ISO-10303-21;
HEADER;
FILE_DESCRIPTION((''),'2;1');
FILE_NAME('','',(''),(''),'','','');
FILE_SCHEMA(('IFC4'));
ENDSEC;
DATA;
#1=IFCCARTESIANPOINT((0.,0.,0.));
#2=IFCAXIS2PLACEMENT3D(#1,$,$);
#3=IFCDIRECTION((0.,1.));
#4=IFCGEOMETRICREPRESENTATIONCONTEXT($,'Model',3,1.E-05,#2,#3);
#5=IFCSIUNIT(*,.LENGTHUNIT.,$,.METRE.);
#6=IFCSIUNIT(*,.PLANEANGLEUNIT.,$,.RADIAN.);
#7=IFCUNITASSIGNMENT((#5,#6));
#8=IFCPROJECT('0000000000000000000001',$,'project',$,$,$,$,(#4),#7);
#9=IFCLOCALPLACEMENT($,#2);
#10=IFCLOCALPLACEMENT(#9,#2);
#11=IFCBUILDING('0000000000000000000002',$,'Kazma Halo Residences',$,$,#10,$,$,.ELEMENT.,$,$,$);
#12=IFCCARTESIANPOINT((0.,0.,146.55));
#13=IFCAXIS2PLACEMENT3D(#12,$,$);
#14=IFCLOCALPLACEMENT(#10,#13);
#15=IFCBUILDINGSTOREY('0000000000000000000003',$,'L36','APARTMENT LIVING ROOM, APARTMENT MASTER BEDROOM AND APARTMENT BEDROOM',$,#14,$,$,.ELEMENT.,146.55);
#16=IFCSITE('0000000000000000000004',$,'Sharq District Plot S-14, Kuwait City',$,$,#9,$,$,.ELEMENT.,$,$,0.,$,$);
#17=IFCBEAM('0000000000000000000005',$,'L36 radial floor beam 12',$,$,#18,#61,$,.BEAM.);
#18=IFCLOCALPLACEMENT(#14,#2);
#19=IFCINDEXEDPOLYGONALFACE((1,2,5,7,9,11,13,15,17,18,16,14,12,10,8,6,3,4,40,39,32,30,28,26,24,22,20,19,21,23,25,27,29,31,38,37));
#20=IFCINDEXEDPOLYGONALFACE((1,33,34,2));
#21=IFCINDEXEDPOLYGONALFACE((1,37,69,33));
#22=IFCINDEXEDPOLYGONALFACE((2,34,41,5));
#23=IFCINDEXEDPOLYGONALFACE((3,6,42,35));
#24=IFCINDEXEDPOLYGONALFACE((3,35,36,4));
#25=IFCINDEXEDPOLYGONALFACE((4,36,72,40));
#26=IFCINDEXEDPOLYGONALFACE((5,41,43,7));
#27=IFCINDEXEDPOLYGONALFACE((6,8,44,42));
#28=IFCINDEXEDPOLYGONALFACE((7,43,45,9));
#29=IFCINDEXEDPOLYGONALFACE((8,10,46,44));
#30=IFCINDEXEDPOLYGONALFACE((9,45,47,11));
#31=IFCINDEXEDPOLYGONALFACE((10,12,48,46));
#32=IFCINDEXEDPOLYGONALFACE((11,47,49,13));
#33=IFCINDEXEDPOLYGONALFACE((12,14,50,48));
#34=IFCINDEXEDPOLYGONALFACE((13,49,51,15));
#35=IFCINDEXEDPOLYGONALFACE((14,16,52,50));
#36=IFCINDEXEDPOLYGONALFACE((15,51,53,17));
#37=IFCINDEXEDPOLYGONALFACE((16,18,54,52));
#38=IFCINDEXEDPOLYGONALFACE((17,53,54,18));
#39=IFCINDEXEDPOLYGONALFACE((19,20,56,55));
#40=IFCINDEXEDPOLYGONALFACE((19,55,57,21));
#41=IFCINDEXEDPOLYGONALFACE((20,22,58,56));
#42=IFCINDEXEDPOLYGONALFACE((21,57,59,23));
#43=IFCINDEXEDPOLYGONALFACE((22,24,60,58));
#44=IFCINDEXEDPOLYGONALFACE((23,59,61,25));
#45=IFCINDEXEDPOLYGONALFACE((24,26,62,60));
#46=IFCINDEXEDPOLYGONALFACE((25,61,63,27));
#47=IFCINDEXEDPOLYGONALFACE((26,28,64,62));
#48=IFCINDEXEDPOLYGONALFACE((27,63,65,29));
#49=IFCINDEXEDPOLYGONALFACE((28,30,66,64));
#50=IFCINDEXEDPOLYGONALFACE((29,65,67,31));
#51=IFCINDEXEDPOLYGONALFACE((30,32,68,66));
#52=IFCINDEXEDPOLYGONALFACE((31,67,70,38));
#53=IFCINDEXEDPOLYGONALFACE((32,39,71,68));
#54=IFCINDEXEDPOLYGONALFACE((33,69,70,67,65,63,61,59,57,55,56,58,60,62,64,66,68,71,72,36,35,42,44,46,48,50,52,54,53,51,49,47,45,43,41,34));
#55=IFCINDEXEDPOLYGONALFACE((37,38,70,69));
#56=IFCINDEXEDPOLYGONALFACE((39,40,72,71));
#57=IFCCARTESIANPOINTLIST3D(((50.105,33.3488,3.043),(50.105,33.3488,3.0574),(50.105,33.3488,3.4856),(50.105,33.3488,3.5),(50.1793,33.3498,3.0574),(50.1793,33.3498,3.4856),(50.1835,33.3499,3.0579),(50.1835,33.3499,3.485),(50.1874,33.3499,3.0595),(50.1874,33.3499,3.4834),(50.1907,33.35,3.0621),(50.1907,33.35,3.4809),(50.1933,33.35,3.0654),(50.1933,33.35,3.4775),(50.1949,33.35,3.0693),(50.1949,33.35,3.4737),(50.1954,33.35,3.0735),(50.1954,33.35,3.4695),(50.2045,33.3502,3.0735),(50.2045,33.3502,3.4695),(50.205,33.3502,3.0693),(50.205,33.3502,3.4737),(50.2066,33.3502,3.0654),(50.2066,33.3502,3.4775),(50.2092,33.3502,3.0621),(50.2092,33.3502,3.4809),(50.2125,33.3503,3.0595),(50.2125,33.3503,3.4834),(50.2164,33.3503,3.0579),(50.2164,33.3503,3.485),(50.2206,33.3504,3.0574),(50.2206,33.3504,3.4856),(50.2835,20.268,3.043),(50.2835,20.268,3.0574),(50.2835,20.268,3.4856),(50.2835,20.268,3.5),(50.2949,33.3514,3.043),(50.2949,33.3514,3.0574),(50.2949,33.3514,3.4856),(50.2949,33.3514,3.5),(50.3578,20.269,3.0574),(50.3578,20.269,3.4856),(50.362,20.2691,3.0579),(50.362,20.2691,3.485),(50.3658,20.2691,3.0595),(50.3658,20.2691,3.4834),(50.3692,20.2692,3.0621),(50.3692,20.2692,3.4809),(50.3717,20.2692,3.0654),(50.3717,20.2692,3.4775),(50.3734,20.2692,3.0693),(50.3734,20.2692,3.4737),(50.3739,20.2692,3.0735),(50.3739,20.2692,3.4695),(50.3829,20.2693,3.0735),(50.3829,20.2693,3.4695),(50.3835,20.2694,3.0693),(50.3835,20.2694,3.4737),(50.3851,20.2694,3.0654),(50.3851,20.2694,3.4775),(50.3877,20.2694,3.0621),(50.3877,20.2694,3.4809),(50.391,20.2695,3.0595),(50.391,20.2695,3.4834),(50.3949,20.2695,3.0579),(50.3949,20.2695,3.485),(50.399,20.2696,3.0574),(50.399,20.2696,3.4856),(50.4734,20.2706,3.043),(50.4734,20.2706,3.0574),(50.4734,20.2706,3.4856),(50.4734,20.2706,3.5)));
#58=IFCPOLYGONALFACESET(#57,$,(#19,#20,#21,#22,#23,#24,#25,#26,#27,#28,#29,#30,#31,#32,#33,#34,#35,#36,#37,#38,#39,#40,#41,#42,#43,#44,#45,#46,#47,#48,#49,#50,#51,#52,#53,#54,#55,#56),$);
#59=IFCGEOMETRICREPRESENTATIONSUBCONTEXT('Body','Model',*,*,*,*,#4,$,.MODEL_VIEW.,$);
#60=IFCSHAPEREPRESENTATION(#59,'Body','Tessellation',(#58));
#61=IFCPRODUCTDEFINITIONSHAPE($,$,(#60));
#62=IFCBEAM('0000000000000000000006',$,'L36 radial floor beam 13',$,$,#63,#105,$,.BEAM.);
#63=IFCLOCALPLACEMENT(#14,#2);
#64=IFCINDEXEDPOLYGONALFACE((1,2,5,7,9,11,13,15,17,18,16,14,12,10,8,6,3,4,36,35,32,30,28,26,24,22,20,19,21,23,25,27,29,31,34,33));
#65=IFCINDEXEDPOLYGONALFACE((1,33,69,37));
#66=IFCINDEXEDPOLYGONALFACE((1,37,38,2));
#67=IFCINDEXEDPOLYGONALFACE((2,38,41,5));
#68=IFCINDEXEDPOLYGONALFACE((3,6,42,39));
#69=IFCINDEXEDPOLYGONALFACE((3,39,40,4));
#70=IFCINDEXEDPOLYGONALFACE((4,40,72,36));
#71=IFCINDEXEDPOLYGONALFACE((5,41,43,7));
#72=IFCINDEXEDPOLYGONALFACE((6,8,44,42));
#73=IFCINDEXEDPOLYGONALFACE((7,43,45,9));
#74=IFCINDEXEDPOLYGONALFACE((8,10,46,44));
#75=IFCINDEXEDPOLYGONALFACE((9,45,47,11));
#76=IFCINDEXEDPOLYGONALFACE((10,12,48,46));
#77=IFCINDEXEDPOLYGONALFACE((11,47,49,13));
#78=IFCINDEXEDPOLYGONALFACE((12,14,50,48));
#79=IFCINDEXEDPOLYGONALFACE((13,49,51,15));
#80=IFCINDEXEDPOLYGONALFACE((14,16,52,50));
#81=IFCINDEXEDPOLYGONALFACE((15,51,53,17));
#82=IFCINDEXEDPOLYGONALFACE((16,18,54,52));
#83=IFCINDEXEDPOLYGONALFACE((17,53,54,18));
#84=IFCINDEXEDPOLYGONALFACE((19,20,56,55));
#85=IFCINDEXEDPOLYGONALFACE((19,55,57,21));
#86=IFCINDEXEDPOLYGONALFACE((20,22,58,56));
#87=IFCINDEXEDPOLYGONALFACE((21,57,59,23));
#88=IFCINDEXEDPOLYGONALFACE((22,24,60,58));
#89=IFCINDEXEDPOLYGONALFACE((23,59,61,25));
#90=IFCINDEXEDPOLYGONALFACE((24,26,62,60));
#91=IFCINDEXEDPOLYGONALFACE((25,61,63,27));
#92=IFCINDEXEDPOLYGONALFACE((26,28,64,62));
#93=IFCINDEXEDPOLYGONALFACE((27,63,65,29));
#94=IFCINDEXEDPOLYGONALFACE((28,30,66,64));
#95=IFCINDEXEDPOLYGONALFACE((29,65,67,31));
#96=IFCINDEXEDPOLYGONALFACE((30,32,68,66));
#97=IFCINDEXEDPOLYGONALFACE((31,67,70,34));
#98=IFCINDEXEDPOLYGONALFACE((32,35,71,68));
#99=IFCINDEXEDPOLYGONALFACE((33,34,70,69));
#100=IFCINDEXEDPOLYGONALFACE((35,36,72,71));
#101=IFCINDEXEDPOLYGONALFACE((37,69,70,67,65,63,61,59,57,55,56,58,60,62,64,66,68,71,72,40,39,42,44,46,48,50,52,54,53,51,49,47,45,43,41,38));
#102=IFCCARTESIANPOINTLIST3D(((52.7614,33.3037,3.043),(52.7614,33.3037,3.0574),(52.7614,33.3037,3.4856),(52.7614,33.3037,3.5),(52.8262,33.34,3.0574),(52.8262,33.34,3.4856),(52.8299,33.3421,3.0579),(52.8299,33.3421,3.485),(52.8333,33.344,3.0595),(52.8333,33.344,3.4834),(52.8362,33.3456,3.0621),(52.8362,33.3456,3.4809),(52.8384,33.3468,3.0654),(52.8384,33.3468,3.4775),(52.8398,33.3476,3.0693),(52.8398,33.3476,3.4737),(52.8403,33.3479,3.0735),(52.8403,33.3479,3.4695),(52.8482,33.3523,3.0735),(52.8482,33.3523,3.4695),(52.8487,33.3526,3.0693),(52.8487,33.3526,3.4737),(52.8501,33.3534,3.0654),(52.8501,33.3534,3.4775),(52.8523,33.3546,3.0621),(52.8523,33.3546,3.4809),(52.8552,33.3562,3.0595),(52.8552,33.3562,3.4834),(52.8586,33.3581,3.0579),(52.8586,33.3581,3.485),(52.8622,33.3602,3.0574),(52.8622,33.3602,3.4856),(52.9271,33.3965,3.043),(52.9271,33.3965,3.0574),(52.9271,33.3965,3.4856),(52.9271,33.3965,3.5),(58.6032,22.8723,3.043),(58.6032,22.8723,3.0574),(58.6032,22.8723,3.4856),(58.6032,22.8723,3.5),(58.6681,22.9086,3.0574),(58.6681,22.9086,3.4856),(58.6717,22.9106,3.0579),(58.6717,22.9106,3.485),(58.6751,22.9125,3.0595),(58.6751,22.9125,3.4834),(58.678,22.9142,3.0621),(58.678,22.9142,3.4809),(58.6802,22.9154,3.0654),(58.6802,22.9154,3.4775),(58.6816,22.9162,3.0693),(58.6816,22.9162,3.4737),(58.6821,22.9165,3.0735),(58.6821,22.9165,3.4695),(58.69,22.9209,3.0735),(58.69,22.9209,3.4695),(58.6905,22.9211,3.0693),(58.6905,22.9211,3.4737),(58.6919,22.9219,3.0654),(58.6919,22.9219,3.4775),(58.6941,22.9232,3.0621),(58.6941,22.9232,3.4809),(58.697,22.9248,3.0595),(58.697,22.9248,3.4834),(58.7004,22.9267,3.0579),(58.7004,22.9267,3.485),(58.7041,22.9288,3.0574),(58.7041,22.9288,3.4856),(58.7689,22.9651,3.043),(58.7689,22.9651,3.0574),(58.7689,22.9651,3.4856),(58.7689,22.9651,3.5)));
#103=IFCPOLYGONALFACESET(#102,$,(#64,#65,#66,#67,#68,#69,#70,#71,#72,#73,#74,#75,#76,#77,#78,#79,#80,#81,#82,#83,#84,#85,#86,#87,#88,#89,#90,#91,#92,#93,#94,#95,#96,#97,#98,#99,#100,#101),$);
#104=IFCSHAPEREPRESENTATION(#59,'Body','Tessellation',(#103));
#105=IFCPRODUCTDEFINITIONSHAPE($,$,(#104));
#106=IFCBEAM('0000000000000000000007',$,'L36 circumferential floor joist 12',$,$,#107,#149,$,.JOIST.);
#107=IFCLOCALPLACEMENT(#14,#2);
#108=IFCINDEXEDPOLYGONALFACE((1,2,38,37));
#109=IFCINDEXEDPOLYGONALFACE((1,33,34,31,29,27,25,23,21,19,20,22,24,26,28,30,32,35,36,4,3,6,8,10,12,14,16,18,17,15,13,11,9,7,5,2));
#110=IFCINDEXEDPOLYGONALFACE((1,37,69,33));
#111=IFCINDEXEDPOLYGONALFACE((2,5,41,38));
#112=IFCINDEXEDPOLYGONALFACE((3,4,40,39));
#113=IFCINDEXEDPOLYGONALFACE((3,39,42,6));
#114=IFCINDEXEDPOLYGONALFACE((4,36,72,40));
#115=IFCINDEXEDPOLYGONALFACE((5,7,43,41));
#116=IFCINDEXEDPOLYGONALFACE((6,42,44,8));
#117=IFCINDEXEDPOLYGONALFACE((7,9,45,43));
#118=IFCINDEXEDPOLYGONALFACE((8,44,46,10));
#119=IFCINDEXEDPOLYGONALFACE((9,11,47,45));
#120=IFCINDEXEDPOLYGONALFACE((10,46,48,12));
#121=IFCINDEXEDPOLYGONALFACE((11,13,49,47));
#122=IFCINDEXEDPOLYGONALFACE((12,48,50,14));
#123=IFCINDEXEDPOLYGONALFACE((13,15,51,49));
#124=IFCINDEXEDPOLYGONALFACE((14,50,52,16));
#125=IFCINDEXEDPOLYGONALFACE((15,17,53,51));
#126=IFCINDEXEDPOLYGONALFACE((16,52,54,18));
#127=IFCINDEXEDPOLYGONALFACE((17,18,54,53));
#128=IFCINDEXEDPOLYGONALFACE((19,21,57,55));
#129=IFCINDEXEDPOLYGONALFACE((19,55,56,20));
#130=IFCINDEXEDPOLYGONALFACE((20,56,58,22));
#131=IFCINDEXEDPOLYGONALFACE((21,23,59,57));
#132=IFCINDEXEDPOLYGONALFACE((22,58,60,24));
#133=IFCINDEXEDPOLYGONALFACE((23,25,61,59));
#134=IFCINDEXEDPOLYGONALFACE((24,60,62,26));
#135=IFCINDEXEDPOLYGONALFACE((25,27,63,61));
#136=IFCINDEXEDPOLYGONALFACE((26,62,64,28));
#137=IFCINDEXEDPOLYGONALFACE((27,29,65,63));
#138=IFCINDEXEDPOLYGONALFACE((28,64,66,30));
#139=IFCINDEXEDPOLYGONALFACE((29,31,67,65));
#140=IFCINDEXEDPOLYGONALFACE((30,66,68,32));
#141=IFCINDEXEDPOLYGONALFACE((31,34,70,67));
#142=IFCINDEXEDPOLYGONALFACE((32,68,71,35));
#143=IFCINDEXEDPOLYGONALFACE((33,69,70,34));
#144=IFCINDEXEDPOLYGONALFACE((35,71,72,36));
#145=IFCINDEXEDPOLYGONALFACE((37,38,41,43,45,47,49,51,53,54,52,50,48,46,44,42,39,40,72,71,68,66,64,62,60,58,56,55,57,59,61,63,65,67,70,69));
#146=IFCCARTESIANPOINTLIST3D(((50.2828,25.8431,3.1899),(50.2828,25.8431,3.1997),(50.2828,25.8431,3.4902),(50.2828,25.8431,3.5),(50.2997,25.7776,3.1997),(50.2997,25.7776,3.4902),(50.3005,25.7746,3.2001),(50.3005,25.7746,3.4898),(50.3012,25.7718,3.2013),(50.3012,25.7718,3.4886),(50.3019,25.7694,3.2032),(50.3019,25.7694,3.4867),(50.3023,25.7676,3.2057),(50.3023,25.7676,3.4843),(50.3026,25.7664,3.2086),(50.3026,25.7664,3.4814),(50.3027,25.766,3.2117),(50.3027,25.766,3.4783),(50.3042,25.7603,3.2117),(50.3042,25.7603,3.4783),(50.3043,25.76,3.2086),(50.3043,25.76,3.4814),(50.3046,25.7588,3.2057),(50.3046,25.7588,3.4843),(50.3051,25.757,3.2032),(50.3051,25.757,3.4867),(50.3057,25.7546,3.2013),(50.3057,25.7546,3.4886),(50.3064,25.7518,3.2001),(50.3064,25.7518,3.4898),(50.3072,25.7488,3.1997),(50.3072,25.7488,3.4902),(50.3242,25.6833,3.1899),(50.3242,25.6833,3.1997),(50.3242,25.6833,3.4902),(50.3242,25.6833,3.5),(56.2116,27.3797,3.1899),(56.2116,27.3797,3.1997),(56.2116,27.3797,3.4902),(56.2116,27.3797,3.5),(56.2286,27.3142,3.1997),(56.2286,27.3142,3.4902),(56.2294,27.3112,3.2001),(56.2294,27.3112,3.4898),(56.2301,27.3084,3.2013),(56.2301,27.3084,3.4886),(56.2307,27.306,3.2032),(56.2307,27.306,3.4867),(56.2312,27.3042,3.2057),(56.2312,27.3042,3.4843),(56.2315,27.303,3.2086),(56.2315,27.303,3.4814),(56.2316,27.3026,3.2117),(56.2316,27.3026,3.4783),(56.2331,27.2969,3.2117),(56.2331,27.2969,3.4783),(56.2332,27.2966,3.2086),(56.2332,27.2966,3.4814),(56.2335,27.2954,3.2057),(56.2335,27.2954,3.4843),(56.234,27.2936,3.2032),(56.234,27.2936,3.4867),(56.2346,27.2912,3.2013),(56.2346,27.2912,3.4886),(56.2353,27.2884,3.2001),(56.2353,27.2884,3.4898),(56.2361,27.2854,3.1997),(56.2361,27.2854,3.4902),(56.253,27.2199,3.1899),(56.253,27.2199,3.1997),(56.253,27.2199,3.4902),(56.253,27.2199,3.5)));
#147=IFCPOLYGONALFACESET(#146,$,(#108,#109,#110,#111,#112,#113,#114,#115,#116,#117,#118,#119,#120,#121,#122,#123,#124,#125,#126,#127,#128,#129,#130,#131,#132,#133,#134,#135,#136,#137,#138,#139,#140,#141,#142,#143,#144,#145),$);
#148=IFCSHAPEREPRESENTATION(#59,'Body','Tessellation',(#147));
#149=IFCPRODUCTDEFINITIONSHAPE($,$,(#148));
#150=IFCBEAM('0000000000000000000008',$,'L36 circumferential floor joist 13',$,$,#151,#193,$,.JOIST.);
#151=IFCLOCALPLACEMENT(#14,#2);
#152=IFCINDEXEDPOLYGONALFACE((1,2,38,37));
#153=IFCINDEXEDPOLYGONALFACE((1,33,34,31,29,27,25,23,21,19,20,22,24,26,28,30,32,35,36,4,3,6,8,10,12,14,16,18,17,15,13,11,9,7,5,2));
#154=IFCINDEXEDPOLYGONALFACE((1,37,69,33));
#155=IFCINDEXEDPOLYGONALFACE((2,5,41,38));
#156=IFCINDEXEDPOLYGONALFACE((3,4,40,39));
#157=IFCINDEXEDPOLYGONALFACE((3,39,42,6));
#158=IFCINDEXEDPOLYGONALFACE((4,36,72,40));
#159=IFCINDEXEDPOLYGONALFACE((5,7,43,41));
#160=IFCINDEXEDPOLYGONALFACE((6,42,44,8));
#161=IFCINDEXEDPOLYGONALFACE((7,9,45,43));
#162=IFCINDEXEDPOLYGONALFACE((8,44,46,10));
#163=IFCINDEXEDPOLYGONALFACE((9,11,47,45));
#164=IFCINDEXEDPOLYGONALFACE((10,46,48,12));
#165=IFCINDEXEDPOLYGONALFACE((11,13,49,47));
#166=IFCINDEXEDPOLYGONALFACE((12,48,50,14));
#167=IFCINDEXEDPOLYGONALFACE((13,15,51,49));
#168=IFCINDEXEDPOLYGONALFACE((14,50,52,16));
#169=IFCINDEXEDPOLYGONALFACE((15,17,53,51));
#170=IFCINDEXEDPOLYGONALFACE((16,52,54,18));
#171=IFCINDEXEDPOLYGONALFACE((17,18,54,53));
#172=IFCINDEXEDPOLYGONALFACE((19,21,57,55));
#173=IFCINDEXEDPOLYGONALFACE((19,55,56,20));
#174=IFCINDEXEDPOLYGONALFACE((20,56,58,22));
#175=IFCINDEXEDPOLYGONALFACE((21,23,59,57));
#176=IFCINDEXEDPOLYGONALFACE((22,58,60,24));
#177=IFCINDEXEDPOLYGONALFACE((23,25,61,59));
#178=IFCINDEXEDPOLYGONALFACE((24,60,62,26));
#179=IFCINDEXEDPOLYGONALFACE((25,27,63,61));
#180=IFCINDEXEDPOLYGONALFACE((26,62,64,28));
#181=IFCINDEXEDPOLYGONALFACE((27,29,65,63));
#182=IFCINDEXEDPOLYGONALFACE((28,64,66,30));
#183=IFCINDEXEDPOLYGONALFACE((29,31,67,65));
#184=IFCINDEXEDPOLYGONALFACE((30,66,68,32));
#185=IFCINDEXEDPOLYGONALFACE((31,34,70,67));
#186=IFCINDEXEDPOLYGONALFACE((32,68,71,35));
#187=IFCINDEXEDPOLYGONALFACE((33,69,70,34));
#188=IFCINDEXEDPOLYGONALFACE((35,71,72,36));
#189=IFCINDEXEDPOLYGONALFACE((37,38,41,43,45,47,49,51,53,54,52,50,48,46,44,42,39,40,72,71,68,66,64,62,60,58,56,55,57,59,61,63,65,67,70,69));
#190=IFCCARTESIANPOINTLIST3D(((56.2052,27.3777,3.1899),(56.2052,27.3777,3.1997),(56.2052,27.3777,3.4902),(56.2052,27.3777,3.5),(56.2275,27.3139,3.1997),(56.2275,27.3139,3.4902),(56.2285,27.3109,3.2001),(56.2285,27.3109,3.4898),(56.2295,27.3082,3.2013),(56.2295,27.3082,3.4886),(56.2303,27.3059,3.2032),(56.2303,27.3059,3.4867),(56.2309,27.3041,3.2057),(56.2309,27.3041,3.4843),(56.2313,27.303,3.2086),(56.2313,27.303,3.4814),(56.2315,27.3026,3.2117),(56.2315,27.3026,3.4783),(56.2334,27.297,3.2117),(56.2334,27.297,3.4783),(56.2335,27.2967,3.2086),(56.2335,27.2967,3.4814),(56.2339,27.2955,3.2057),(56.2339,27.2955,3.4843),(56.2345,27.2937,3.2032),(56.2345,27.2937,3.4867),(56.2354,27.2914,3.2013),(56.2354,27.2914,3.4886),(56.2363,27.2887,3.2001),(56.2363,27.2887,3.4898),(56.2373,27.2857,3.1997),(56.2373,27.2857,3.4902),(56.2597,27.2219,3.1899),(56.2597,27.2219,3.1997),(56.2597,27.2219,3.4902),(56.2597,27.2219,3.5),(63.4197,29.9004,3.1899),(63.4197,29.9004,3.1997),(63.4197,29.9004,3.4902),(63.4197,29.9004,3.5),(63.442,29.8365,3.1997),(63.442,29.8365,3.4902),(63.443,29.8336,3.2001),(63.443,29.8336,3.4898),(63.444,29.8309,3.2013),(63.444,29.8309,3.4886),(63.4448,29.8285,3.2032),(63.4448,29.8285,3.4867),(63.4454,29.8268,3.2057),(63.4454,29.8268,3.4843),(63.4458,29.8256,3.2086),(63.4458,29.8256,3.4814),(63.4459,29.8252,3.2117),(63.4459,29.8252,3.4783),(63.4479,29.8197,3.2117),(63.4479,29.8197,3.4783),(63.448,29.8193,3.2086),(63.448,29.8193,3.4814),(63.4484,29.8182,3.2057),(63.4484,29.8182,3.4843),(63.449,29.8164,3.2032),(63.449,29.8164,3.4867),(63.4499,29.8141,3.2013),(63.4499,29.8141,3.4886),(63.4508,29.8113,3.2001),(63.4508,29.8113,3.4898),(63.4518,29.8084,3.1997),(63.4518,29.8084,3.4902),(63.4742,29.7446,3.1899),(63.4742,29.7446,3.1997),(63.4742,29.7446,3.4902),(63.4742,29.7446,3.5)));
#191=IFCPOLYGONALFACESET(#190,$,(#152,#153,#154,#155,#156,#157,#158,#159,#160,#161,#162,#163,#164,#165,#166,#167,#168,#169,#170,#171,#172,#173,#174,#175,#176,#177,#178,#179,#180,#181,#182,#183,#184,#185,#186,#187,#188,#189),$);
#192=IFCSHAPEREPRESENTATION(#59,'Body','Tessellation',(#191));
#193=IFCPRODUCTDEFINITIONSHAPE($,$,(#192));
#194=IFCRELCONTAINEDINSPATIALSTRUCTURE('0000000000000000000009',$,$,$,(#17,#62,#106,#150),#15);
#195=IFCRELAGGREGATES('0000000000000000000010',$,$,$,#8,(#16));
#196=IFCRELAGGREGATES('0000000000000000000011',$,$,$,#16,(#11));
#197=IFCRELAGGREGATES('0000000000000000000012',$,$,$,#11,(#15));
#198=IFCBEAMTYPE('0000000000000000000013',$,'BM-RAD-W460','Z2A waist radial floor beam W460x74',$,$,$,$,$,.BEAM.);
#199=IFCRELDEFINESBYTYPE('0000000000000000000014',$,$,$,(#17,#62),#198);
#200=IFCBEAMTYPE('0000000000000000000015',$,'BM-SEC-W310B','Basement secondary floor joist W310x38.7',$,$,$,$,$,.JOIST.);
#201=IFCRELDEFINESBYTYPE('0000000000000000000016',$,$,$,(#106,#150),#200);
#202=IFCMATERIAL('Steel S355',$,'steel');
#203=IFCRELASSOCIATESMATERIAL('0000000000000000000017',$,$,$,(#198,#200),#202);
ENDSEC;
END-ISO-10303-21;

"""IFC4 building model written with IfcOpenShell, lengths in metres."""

from ifc_helpers import new_model, si_unit, direction, frame, origin, origin_2d, place, context, subcontext, project, spatial, i_section, extrude, material, material_profile, profile_set, type_object, element, save


model = new_model("IFC4")

# Units and contexts
model_context = context("Model", 3, precision=1e-05, world=origin(), true_north=direction((0.0, 1.0)))
body_context = subcontext(model_context, "Body", "Model", "MODEL_VIEW")
ifc_project = project(units=[si_unit("LENGTHUNIT", "METRE"), si_unit("PLANEANGLEUNIT", "RADIAN")], contexts=[model_context])

# Site, building, storey
site_placement = place(None, origin())
site = spatial("IfcSite", under=ifc_project, at=site_placement, Name="Sharq District Plot S-14, Kuwait City", CompositionType="ELEMENT", RefElevation=0.0)
building_placement = place(site_placement, origin())
building = spatial("IfcBuilding", under=site, at=building_placement, Name="Kazma Halo Residences", CompositionType="ELEMENT")
storey_placement = place(building_placement, frame((0.0, 0.0, 146.55)))
storey = spatial("IfcBuildingStorey", under=building, at=storey_placement, Name="L36", Description="APARTMENT LIVING ROOM, APARTMENT MASTER BEDROOM AND APARTMENT BEDROOM", CompositionType="ELEMENT", Elevation=146.55)

# Beams
ifc_material_1 = material(Name="Steel S355", Category="steel")
ifc_material_profile_1 = material_profile(ifc_material_1, i_section(OverallWidth=0.1899, OverallDepth=0.457, WebThickness=0.009, FlangeThickness=0.0144, FilletRadius=0.0161, at=origin_2d()), Name="W460x74")
ifc_profile_set_1 = profile_set([ifc_material_profile_1], Name="Steel S355")
beam_type_1 = type_object("IfcBeamType", Name="BM-RAD-W460", Description="Z2A waist radial floor beam W460x74", PredefinedType="BEAM", material=ifc_profile_set_1)
beam_1_placement = place(storey_placement, frame((50.2, 33.3501, 3.2715), z_axis=(0.013642, -0.999907, 0.0), x_axis=(0.999907, 0.013642, 0.0)))
element("IfcBeam", 1, at=beam_1_placement, inside=storey, type_object=beam_type_1, Name="L36 radial floor beam 12", PredefinedType="BEAM", context=body_context, shape_type="SweptSolid", body=[
    extrude(i_section(OverallWidth=0.1899, OverallDepth=0.457, WebThickness=0.009, FlangeThickness=0.0144, FilletRadius=0.0161, at=origin_2d()), origin(), (0.0, 0.0, 1.0), 13.082),
])
beam_2_placement = place(storey_placement, frame((52.8442, 33.3501, 3.2715), z_axis=(0.488617, -0.872498, 0.0), x_axis=(0.872498, 0.488617, 0.0)))
element("IfcBeam", 2, at=beam_2_placement, inside=storey, type_object=beam_type_1, Name="L36 radial floor beam 13", PredefinedType="BEAM", context=body_context, shape_type="SweptSolid", body=[
    extrude(i_section(OverallWidth=0.1899, OverallDepth=0.457, WebThickness=0.009, FlangeThickness=0.0144, FilletRadius=0.0161, at=origin_2d()), origin(), (0.0, 0.0, 1.0), 11.9558),
])
ifc_material_profile_2 = material_profile(ifc_material_1, i_section(OverallWidth=0.165, OverallDepth=0.3101, WebThickness=0.0059, FlangeThickness=0.0098, FilletRadius=0.012, at=origin_2d()), Name="W310x38.7")
ifc_profile_set_2 = profile_set([ifc_material_profile_2], Name="Steel S355")
beam_type_2 = type_object("IfcBeamType", Name="BM-SEC-W310B", Description="Basement secondary floor joist W310x38.7", PredefinedType="JOIST", material=ifc_profile_set_2)
beam_3_placement = place(storey_placement, frame((50.3035, 25.7632, 3.345), z_axis=(0.968017, 0.250883, 0.0), x_axis=(-0.250883, 0.968017, 0.0)))
element("IfcBeam", 3, at=beam_3_placement, inside=storey, type_object=beam_type_2, Name="L36 circumferential floor joist 12", PredefinedType="JOIST", context=body_context, shape_type="SweptSolid", body=[
    extrude(i_section(OverallWidth=0.165, OverallDepth=0.3101, WebThickness=0.0059, FlangeThickness=0.0098, FilletRadius=0.012, at=origin_2d()), origin(), (0.0, 0.0, 1.0), 6.1248),
])
beam_4_placement = place(storey_placement, frame((56.2324, 27.2998, 3.345), z_axis=(0.943956, 0.33007, 0.0), x_axis=(-0.33007, 0.943956, 0.0)))
element("IfcBeam", 4, at=beam_4_placement, inside=storey, type_object=beam_type_2, Name="L36 circumferential floor joist 13", PredefinedType="JOIST", context=body_context, shape_type="SweptSolid", body=[
    extrude(i_section(OverallWidth=0.165, OverallDepth=0.3101, WebThickness=0.0059, FlangeThickness=0.0098, FilletRadius=0.012, at=origin_2d()), origin(), (0.0, 0.0, 1.0), 7.6428),
])

save(model, "model.ifc")
